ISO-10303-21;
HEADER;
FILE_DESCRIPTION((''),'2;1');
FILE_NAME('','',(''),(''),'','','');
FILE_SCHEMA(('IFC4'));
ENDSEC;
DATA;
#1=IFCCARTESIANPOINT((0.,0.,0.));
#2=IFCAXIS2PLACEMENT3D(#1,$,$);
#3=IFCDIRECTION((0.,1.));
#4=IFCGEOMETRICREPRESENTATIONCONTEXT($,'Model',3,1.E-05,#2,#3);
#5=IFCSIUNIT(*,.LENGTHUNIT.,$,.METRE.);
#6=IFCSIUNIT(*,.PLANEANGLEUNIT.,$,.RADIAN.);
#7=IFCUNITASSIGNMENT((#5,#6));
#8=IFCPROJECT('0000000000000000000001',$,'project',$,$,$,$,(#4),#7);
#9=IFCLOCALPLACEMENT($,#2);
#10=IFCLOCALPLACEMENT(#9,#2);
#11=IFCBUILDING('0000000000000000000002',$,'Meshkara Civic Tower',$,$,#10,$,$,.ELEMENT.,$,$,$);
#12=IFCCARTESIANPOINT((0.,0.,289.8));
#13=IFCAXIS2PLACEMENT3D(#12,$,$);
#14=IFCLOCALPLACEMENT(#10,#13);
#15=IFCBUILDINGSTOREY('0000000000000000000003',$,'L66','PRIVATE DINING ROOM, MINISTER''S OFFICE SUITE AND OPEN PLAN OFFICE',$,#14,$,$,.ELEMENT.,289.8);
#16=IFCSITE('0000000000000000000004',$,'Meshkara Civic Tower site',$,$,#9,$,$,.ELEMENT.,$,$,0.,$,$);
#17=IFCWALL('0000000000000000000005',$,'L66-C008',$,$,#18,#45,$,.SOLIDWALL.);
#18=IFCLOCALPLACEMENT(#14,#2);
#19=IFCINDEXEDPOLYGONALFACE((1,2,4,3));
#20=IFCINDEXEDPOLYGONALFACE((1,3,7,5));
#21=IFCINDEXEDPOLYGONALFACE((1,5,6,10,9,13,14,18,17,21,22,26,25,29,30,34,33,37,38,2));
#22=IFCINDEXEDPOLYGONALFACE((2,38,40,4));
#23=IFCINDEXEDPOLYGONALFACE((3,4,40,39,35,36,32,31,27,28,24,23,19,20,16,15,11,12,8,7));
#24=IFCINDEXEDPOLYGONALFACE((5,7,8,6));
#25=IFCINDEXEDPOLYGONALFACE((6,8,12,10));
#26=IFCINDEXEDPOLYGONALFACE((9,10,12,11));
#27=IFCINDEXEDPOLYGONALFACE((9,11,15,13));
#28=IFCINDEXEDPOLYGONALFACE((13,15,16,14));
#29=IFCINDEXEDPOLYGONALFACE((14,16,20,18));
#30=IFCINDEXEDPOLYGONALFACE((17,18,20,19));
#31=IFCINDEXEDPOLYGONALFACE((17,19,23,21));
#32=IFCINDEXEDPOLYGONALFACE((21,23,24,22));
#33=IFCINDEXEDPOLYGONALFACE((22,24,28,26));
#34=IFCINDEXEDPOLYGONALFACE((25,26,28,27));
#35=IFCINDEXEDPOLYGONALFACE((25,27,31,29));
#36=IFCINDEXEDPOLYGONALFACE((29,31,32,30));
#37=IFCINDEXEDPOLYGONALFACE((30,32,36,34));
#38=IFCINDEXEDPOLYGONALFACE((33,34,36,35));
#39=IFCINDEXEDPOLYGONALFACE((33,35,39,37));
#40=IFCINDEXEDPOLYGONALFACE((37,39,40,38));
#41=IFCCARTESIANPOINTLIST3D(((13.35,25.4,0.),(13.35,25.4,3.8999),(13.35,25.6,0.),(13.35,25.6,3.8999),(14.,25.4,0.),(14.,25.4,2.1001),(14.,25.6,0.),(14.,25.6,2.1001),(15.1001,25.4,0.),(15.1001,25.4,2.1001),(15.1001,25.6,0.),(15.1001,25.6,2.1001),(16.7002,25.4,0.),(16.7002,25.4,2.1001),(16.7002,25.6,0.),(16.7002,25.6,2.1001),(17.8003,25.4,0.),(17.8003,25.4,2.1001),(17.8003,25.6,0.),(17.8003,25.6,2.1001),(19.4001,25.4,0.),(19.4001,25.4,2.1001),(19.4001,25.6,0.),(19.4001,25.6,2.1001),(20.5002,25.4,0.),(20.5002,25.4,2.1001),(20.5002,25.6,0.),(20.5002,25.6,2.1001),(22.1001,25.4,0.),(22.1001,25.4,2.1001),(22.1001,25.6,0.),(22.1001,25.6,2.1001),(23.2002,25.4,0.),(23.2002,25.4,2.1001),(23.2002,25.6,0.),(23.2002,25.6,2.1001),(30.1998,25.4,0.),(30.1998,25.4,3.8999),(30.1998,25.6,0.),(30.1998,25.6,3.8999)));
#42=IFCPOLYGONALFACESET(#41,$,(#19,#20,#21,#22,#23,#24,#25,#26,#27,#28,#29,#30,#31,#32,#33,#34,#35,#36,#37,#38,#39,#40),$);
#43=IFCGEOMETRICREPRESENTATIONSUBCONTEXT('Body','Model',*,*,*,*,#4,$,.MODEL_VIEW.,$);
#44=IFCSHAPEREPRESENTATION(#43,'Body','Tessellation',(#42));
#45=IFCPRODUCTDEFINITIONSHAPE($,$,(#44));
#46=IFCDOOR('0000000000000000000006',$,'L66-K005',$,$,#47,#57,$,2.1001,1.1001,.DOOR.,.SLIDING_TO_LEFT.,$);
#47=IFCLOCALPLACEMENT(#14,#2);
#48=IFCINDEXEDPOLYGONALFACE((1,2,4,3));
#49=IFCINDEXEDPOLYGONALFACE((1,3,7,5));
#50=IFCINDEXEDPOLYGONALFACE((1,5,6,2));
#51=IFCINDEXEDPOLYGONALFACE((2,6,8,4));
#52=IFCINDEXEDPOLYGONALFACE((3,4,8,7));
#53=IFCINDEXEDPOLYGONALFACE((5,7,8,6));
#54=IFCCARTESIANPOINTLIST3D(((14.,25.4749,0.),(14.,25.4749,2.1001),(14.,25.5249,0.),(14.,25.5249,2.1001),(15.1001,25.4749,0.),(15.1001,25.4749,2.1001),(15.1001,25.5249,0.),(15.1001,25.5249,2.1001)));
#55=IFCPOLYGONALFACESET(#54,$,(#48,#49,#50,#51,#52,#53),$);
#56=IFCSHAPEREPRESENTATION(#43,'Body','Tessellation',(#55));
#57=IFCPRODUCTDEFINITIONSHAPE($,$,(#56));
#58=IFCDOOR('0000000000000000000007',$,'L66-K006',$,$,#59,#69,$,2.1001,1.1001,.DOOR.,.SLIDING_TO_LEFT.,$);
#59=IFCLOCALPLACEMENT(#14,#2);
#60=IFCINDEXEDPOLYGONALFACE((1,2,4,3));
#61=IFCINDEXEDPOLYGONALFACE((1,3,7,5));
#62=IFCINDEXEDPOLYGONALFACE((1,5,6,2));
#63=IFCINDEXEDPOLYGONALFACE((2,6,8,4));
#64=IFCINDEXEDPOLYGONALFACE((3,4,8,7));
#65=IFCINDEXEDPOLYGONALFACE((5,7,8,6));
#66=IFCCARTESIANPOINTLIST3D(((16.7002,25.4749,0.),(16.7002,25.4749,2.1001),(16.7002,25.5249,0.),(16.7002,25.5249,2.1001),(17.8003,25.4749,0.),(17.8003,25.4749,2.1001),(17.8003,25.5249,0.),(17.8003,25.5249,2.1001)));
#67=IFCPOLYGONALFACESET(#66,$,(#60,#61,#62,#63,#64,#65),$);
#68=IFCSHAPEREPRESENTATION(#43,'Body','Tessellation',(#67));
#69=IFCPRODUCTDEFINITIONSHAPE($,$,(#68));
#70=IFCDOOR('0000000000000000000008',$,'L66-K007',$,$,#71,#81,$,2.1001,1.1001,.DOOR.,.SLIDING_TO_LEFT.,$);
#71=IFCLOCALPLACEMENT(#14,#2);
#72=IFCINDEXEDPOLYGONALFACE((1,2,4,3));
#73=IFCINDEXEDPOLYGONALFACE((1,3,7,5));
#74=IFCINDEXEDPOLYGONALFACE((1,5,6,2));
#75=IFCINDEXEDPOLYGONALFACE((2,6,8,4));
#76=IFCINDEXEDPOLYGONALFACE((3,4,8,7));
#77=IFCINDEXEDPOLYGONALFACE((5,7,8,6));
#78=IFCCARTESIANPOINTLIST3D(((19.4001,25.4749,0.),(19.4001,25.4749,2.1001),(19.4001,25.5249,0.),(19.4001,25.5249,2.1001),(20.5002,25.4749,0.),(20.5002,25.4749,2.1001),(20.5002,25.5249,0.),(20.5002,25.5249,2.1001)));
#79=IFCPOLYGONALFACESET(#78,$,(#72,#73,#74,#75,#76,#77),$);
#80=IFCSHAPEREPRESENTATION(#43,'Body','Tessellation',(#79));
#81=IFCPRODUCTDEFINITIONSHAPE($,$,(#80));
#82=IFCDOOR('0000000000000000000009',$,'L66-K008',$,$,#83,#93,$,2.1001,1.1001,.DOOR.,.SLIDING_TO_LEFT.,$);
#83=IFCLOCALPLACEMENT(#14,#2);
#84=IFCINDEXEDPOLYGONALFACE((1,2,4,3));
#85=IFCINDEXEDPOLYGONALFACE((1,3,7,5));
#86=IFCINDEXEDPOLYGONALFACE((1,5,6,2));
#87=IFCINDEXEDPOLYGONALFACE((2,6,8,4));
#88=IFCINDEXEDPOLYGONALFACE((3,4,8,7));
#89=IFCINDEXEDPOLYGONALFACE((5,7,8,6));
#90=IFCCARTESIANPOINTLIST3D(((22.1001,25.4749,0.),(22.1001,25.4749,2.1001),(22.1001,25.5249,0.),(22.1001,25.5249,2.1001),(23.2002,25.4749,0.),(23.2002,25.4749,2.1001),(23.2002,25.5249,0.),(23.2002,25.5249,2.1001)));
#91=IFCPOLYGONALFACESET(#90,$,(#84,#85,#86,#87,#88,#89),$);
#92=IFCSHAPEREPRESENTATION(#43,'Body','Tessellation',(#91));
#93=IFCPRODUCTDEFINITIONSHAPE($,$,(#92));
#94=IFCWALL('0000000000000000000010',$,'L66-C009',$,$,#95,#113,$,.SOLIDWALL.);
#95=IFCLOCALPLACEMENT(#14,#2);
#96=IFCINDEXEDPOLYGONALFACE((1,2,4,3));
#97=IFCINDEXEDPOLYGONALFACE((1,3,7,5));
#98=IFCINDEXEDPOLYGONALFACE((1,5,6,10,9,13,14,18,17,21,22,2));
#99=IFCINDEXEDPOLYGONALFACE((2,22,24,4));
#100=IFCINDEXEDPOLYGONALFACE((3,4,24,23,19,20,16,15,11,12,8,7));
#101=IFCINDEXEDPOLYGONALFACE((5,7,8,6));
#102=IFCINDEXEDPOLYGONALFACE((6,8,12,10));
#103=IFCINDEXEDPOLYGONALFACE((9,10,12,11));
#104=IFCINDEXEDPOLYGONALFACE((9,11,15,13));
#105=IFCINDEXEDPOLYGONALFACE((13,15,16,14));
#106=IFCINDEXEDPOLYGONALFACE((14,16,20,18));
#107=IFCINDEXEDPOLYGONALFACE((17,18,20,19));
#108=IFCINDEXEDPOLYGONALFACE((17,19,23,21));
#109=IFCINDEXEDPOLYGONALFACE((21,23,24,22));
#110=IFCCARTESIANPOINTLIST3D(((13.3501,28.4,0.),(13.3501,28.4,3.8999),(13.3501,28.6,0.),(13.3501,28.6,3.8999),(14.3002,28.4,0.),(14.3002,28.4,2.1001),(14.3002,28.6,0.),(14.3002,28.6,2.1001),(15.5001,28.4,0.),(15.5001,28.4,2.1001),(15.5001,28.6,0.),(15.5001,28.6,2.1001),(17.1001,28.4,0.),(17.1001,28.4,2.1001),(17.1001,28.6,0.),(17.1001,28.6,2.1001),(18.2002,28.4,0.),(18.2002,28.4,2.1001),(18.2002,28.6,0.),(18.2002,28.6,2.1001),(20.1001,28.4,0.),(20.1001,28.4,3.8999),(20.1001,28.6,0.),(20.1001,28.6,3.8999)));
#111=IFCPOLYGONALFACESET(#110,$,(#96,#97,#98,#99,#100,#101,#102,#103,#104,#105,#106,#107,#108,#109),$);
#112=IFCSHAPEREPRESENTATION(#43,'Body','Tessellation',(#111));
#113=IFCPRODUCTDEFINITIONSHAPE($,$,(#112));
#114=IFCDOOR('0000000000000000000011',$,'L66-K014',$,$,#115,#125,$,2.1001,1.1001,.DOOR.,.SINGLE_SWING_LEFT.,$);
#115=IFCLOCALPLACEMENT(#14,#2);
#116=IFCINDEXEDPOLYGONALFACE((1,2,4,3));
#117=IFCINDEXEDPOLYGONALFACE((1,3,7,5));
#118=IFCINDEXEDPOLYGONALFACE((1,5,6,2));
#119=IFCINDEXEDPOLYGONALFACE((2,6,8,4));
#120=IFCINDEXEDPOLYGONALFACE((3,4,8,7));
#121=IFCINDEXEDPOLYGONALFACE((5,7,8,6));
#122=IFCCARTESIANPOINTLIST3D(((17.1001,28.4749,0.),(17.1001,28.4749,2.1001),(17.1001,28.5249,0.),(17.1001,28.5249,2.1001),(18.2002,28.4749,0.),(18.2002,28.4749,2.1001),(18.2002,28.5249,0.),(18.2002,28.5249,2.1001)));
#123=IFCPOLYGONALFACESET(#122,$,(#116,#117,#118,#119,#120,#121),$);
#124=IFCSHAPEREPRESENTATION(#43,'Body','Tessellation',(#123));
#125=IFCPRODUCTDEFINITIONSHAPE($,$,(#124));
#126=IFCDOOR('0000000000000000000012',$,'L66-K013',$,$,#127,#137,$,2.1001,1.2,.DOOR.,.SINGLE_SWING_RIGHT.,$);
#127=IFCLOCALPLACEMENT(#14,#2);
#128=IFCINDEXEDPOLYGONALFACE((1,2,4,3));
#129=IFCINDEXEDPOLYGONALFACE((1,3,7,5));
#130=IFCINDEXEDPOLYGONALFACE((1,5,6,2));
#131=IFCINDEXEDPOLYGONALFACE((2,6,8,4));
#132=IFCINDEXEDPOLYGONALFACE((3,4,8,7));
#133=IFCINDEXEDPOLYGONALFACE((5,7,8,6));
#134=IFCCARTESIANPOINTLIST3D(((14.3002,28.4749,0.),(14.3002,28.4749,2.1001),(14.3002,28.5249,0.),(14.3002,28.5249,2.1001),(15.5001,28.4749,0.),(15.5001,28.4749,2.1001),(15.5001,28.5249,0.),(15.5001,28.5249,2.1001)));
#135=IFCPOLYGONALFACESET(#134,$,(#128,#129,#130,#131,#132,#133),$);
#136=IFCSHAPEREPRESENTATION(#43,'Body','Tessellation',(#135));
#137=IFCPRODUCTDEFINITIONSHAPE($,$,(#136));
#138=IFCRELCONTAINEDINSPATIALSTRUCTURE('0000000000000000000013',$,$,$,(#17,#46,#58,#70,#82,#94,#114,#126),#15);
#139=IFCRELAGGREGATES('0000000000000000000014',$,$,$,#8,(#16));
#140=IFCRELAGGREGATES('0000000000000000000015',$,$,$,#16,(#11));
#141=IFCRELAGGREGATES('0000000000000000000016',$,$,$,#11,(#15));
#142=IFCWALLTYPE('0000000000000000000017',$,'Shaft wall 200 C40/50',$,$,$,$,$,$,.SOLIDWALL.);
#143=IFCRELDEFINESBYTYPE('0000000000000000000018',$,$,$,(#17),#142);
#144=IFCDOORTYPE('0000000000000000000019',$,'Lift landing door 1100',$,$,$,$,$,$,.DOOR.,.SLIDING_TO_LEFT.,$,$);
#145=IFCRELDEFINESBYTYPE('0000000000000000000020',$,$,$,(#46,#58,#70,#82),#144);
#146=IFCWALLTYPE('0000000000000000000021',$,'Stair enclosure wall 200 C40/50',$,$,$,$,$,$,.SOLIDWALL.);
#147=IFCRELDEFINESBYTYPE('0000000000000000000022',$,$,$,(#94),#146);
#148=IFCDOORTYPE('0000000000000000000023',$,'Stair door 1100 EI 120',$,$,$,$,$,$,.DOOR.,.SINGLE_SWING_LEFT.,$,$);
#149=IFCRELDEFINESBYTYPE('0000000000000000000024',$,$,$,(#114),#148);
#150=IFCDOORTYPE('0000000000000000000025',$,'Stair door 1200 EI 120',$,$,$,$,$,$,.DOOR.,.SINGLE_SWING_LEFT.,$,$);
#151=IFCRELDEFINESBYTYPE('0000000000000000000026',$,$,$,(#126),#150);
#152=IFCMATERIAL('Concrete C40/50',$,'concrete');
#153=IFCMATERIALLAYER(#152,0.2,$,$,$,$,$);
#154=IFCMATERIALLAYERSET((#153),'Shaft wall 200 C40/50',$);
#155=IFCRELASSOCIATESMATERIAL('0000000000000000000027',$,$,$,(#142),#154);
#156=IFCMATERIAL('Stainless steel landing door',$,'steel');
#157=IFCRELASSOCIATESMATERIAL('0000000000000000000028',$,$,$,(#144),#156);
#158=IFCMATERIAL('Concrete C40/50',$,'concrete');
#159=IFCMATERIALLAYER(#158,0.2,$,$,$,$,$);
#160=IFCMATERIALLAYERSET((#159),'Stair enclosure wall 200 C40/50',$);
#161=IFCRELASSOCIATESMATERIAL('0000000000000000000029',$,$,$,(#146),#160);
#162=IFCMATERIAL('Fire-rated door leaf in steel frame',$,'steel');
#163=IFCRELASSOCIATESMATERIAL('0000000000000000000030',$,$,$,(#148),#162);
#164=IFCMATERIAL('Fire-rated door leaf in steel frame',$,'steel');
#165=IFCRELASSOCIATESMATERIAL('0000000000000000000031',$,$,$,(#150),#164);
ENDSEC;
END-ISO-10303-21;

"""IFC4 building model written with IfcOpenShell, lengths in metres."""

from ifc_helpers import new_model, si_unit, direction, frame, frame_2d, origin, place, context, subcontext, project, spatial, rectangle, extrude, material, layer, layer_set, type_object, element, fill, save


model = new_model("IFC4")

# Units and contexts
model_context = context("Model", 3, precision=1e-05, world=origin(), true_north=direction((0.0, 1.0)))
body_context = subcontext(model_context, "Body", "Model", "MODEL_VIEW")
ifc_project = project(units=[si_unit("LENGTHUNIT", "METRE"), si_unit("PLANEANGLEUNIT", "RADIAN")], contexts=[model_context])

# Site, building, storey
site_placement = place(None, origin())
site = spatial("IfcSite", under=ifc_project, at=site_placement, Name="Meshkara Civic Tower site", CompositionType="ELEMENT", RefElevation=0.0)
building_placement = place(site_placement, origin())
building = spatial("IfcBuilding", under=site, at=building_placement, Name="Meshkara Civic Tower", CompositionType="ELEMENT")
storey_placement = place(building_placement, frame((0.0, 0.0, 289.8)))
storey = spatial("IfcBuildingStorey", under=building, at=storey_placement, Name="L66", Description="PRIVATE DINING ROOM, MINISTER'S OFFICE SUITE AND OPEN PLAN OFFICE", CompositionType="ELEMENT", Elevation=289.8)

# Walls, openings, doors
ifc_material_1 = material(Name="Concrete C40/50", Category="concrete")
ifc_layer_1 = layer(ifc_material_1, 0.2)
ifc_layer_set_1 = layer_set([ifc_layer_1], Name="Shaft wall 200 C40/50")
wall_type_1 = type_object("IfcWallType", Name="Shaft wall 200 C40/50", PredefinedType="SOLIDWALL", material=ifc_layer_set_1)
wall_1_placement = place(storey_placement, frame((13.3501, 25.5, 0.0), z_axis=(0.0, 0.0, 1.0), x_axis=(1.0, 0.0, 0.0)))
wall_1 = element("IfcWall", 1, at=wall_1_placement, inside=storey, type_object=wall_type_1, Name="L66-C008", PredefinedType="SOLIDWALL", context=body_context, shape_type="SweptSolid", body=[
    extrude(rectangle(XDim=16.8499, YDim=0.2, at=frame_2d((8.4248, 0.0))), origin(), (0.0, 0.0, 1.0), 3.8999),
])
opening_1_placement = place(wall_1_placement, frame((0.6499, 0.0, 0.0)))
opening_1 = element("IfcOpeningElement", 2, at=opening_1_placement, cuts=wall_1, PredefinedType="OPENING", context=body_context, shape_type="SweptSolid", body=[
    extrude(rectangle(XDim=1.1001, YDim=2.1001, at=frame_2d((0.55, 1.05))), frame((0.0, 0.1099, 0.0), z_axis=(0.0, -1.0, 0.0), x_axis=(1.0, 0.0, 0.0)), (0.0, 0.0, 1.0), 0.22),
])
opening_2_placement = place(wall_1_placement, frame((3.3501, 0.0, 0.0)))
opening_2 = element("IfcOpeningElement", 3, at=opening_2_placement, cuts=wall_1, PredefinedType="OPENING", context=body_context, shape_type="SweptSolid", body=[
    extrude(rectangle(XDim=1.1001, YDim=2.1001, at=frame_2d((0.55, 1.05))), frame((0.0, 0.1099, 0.0), z_axis=(0.0, -1.0, 0.0), x_axis=(1.0, 0.0, 0.0)), (0.0, 0.0, 1.0), 0.22),
])
opening_3_placement = place(wall_1_placement, frame((6.05, 0.0, 0.0)))
opening_3 = element("IfcOpeningElement", 4, at=opening_3_placement, cuts=wall_1, PredefinedType="OPENING", context=body_context, shape_type="SweptSolid", body=[
    extrude(rectangle(XDim=1.1001, YDim=2.1001, at=frame_2d((0.55, 1.05))), frame((0.0, 0.1099, 0.0), z_axis=(0.0, -1.0, 0.0), x_axis=(1.0, 0.0, 0.0)), (0.0, 0.0, 1.0), 0.22),
])
opening_4_placement = place(wall_1_placement, frame((8.75, 0.0, 0.0)))
opening_4 = element("IfcOpeningElement", 5, at=opening_4_placement, cuts=wall_1, PredefinedType="OPENING", context=body_context, shape_type="SweptSolid", body=[
    extrude(rectangle(XDim=1.1001, YDim=2.1001, at=frame_2d((0.55, 1.05))), frame((0.0, 0.1099, 0.0), z_axis=(0.0, -1.0, 0.0), x_axis=(1.0, 0.0, 0.0)), (0.0, 0.0, 1.0), 0.22),
])
ifc_material_2 = material(Name="Stainless steel landing door", Category="steel")
door_type_1 = type_object("IfcDoorType", Name="Lift landing door 1100", OperationType="SLIDING_TO_LEFT", PredefinedType="DOOR", material=ifc_material_2)
door_1_placement = place(opening_1_placement, origin())
door_1 = element("IfcDoor", 6, at=door_1_placement, inside=storey, type_object=door_type_1, Name="L66-K005", OperationType="SLIDING_TO_LEFT", OverallHeight=2.1001, OverallWidth=1.1001, PredefinedType="DOOR", context=body_context, shape_type="SweptSolid", body=[
    extrude(rectangle(XDim=1.1001, YDim=2.1001, at=frame_2d((0.55, 1.05))), frame((0.0, 0.0249, 0.0), z_axis=(0.0, -1.0, 0.0), x_axis=(1.0, 0.0, 0.0)), (0.0, 0.0, 1.0), 0.05),
])
fill(opening_1, door_1)
door_2_placement = place(opening_2_placement, origin())
door_2 = element("IfcDoor", 7, at=door_2_placement, inside=storey, type_object=door_type_1, Name="L66-K006", OperationType="SLIDING_TO_LEFT", OverallHeight=2.1001, OverallWidth=1.1001, PredefinedType="DOOR", context=body_context, shape_type="SweptSolid", body=[
    extrude(rectangle(XDim=1.1001, YDim=2.1001, at=frame_2d((0.55, 1.05))), frame((0.0, 0.0249, 0.0), z_axis=(0.0, -1.0, 0.0), x_axis=(1.0, 0.0, 0.0)), (0.0, 0.0, 1.0), 0.05),
])
fill(opening_2, door_2)
door_3_placement = place(opening_3_placement, origin())
door_3 = element("IfcDoor", 8, at=door_3_placement, inside=storey, type_object=door_type_1, Name="L66-K007", OperationType="SLIDING_TO_LEFT", OverallHeight=2.1001, OverallWidth=1.1001, PredefinedType="DOOR", context=body_context, shape_type="SweptSolid", body=[
    extrude(rectangle(XDim=1.1001, YDim=2.1001, at=frame_2d((0.55, 1.05))), frame((0.0, 0.0249, 0.0), z_axis=(0.0, -1.0, 0.0), x_axis=(1.0, 0.0, 0.0)), (0.0, 0.0, 1.0), 0.05),
])
fill(opening_3, door_3)
door_4_placement = place(opening_4_placement, origin())
door_4 = element("IfcDoor", 9, at=door_4_placement, inside=storey, type_object=door_type_1, Name="L66-K008", OperationType="SLIDING_TO_LEFT", OverallHeight=2.1001, OverallWidth=1.1001, PredefinedType="DOOR", context=body_context, shape_type="SweptSolid", body=[
    extrude(rectangle(XDim=1.1001, YDim=2.1001, at=frame_2d((0.55, 1.05))), frame((0.0, 0.0249, 0.0), z_axis=(0.0, -1.0, 0.0), x_axis=(1.0, 0.0, 0.0)), (0.0, 0.0, 1.0), 0.05),
])
fill(opening_4, door_4)
ifc_material_3 = material(Name="Concrete C40/50", Category="concrete")
ifc_layer_2 = layer(ifc_material_3, 0.2)
ifc_layer_set_2 = layer_set([ifc_layer_2], Name="Stair enclosure wall 200 C40/50")
wall_type_2 = type_object("IfcWallType", Name="Stair enclosure wall 200 C40/50", PredefinedType="SOLIDWALL", material=ifc_layer_set_2)
wall_2_placement = place(storey_placement, frame((13.3501, 28.5, 0.0), z_axis=(0.0, 0.0, 1.0), x_axis=(1.0, 0.0, 0.0)))
wall_2 = element("IfcWall", 10, at=wall_2_placement, inside=storey, type_object=wall_type_2, Name="L66-C009", PredefinedType="SOLIDWALL", context=body_context, shape_type="SweptSolid", body=[
    extrude(rectangle(XDim=6.75, YDim=0.2, at=frame_2d((3.375, 0.0))), origin(), (0.0, 0.0, 1.0), 3.8999),
])
opening_5_placement = place(wall_2_placement, frame((0.95, 0.0, 0.0)))
opening_5 = element("IfcOpeningElement", 11, at=opening_5_placement, cuts=wall_2, PredefinedType="OPENING", context=body_context, shape_type="SweptSolid", body=[
    extrude(rectangle(XDim=1.2, YDim=2.1001, at=frame_2d((0.6001, 1.05))), frame((0.0, 0.1099, 0.0), z_axis=(0.0, -1.0, 0.0), x_axis=(1.0, 0.0, 0.0)), (0.0, 0.0, 1.0), 0.22),
])
opening_6_placement = place(wall_2_placement, frame((3.75, 0.0, 0.0)))
opening_6 = element("IfcOpeningElement", 12, at=opening_6_placement, cuts=wall_2, PredefinedType="OPENING", context=body_context, shape_type="SweptSolid", body=[
    extrude(rectangle(XDim=1.1001, YDim=2.1001, at=frame_2d((0.55, 1.05))), frame((0.0, 0.1099, 0.0), z_axis=(0.0, -1.0, 0.0), x_axis=(1.0, 0.0, 0.0)), (0.0, 0.0, 1.0), 0.22),
])
ifc_material_4 = material(Name="Fire-rated door leaf in steel frame", Category="steel")
door_type_2 = type_object("IfcDoorType", Name="Stair door 1100 EI 120", OperationType="SINGLE_SWING_LEFT", PredefinedType="DOOR", material=ifc_material_4)
door_5_placement = place(opening_6_placement, origin())
door_5 = element("IfcDoor", 13, at=door_5_placement, inside=storey, type_object=door_type_2, Name="L66-K014", OperationType="SINGLE_SWING_LEFT", OverallHeight=2.1001, OverallWidth=1.1001, PredefinedType="DOOR", context=body_context, shape_type="SweptSolid", body=[
    extrude(rectangle(XDim=1.1001, YDim=2.1001, at=frame_2d((0.55, 1.05))), frame((0.0, 0.0249, 0.0), z_axis=(0.0, -1.0, 0.0), x_axis=(1.0, 0.0, 0.0)), (0.0, 0.0, 1.0), 0.05),
])
fill(opening_6, door_5)
ifc_material_5 = material(Name="Fire-rated door leaf in steel frame", Category="steel")
door_type_3 = type_object("IfcDoorType", Name="Stair door 1200 EI 120", OperationType="SINGLE_SWING_LEFT", PredefinedType="DOOR", material=ifc_material_5)
door_6_placement = place(opening_5_placement, origin())
door_6 = element("IfcDoor", 14, at=door_6_placement, inside=storey, type_object=door_type_3, Name="L66-K013", OperationType="SINGLE_SWING_RIGHT", OverallHeight=2.1001, OverallWidth=1.2, PredefinedType="DOOR", context=body_context, shape_type="SweptSolid", body=[
    extrude(rectangle(XDim=1.2, YDim=2.1001, at=frame_2d((0.6001, 1.05))), frame((0.0, 0.0249, 0.0), z_axis=(0.0, -1.0, 0.0), x_axis=(1.0, 0.0, 0.0)), (0.0, 0.0, 1.0), 0.05),
])
fill(opening_5, door_6)

save(model, "model.ifc")
